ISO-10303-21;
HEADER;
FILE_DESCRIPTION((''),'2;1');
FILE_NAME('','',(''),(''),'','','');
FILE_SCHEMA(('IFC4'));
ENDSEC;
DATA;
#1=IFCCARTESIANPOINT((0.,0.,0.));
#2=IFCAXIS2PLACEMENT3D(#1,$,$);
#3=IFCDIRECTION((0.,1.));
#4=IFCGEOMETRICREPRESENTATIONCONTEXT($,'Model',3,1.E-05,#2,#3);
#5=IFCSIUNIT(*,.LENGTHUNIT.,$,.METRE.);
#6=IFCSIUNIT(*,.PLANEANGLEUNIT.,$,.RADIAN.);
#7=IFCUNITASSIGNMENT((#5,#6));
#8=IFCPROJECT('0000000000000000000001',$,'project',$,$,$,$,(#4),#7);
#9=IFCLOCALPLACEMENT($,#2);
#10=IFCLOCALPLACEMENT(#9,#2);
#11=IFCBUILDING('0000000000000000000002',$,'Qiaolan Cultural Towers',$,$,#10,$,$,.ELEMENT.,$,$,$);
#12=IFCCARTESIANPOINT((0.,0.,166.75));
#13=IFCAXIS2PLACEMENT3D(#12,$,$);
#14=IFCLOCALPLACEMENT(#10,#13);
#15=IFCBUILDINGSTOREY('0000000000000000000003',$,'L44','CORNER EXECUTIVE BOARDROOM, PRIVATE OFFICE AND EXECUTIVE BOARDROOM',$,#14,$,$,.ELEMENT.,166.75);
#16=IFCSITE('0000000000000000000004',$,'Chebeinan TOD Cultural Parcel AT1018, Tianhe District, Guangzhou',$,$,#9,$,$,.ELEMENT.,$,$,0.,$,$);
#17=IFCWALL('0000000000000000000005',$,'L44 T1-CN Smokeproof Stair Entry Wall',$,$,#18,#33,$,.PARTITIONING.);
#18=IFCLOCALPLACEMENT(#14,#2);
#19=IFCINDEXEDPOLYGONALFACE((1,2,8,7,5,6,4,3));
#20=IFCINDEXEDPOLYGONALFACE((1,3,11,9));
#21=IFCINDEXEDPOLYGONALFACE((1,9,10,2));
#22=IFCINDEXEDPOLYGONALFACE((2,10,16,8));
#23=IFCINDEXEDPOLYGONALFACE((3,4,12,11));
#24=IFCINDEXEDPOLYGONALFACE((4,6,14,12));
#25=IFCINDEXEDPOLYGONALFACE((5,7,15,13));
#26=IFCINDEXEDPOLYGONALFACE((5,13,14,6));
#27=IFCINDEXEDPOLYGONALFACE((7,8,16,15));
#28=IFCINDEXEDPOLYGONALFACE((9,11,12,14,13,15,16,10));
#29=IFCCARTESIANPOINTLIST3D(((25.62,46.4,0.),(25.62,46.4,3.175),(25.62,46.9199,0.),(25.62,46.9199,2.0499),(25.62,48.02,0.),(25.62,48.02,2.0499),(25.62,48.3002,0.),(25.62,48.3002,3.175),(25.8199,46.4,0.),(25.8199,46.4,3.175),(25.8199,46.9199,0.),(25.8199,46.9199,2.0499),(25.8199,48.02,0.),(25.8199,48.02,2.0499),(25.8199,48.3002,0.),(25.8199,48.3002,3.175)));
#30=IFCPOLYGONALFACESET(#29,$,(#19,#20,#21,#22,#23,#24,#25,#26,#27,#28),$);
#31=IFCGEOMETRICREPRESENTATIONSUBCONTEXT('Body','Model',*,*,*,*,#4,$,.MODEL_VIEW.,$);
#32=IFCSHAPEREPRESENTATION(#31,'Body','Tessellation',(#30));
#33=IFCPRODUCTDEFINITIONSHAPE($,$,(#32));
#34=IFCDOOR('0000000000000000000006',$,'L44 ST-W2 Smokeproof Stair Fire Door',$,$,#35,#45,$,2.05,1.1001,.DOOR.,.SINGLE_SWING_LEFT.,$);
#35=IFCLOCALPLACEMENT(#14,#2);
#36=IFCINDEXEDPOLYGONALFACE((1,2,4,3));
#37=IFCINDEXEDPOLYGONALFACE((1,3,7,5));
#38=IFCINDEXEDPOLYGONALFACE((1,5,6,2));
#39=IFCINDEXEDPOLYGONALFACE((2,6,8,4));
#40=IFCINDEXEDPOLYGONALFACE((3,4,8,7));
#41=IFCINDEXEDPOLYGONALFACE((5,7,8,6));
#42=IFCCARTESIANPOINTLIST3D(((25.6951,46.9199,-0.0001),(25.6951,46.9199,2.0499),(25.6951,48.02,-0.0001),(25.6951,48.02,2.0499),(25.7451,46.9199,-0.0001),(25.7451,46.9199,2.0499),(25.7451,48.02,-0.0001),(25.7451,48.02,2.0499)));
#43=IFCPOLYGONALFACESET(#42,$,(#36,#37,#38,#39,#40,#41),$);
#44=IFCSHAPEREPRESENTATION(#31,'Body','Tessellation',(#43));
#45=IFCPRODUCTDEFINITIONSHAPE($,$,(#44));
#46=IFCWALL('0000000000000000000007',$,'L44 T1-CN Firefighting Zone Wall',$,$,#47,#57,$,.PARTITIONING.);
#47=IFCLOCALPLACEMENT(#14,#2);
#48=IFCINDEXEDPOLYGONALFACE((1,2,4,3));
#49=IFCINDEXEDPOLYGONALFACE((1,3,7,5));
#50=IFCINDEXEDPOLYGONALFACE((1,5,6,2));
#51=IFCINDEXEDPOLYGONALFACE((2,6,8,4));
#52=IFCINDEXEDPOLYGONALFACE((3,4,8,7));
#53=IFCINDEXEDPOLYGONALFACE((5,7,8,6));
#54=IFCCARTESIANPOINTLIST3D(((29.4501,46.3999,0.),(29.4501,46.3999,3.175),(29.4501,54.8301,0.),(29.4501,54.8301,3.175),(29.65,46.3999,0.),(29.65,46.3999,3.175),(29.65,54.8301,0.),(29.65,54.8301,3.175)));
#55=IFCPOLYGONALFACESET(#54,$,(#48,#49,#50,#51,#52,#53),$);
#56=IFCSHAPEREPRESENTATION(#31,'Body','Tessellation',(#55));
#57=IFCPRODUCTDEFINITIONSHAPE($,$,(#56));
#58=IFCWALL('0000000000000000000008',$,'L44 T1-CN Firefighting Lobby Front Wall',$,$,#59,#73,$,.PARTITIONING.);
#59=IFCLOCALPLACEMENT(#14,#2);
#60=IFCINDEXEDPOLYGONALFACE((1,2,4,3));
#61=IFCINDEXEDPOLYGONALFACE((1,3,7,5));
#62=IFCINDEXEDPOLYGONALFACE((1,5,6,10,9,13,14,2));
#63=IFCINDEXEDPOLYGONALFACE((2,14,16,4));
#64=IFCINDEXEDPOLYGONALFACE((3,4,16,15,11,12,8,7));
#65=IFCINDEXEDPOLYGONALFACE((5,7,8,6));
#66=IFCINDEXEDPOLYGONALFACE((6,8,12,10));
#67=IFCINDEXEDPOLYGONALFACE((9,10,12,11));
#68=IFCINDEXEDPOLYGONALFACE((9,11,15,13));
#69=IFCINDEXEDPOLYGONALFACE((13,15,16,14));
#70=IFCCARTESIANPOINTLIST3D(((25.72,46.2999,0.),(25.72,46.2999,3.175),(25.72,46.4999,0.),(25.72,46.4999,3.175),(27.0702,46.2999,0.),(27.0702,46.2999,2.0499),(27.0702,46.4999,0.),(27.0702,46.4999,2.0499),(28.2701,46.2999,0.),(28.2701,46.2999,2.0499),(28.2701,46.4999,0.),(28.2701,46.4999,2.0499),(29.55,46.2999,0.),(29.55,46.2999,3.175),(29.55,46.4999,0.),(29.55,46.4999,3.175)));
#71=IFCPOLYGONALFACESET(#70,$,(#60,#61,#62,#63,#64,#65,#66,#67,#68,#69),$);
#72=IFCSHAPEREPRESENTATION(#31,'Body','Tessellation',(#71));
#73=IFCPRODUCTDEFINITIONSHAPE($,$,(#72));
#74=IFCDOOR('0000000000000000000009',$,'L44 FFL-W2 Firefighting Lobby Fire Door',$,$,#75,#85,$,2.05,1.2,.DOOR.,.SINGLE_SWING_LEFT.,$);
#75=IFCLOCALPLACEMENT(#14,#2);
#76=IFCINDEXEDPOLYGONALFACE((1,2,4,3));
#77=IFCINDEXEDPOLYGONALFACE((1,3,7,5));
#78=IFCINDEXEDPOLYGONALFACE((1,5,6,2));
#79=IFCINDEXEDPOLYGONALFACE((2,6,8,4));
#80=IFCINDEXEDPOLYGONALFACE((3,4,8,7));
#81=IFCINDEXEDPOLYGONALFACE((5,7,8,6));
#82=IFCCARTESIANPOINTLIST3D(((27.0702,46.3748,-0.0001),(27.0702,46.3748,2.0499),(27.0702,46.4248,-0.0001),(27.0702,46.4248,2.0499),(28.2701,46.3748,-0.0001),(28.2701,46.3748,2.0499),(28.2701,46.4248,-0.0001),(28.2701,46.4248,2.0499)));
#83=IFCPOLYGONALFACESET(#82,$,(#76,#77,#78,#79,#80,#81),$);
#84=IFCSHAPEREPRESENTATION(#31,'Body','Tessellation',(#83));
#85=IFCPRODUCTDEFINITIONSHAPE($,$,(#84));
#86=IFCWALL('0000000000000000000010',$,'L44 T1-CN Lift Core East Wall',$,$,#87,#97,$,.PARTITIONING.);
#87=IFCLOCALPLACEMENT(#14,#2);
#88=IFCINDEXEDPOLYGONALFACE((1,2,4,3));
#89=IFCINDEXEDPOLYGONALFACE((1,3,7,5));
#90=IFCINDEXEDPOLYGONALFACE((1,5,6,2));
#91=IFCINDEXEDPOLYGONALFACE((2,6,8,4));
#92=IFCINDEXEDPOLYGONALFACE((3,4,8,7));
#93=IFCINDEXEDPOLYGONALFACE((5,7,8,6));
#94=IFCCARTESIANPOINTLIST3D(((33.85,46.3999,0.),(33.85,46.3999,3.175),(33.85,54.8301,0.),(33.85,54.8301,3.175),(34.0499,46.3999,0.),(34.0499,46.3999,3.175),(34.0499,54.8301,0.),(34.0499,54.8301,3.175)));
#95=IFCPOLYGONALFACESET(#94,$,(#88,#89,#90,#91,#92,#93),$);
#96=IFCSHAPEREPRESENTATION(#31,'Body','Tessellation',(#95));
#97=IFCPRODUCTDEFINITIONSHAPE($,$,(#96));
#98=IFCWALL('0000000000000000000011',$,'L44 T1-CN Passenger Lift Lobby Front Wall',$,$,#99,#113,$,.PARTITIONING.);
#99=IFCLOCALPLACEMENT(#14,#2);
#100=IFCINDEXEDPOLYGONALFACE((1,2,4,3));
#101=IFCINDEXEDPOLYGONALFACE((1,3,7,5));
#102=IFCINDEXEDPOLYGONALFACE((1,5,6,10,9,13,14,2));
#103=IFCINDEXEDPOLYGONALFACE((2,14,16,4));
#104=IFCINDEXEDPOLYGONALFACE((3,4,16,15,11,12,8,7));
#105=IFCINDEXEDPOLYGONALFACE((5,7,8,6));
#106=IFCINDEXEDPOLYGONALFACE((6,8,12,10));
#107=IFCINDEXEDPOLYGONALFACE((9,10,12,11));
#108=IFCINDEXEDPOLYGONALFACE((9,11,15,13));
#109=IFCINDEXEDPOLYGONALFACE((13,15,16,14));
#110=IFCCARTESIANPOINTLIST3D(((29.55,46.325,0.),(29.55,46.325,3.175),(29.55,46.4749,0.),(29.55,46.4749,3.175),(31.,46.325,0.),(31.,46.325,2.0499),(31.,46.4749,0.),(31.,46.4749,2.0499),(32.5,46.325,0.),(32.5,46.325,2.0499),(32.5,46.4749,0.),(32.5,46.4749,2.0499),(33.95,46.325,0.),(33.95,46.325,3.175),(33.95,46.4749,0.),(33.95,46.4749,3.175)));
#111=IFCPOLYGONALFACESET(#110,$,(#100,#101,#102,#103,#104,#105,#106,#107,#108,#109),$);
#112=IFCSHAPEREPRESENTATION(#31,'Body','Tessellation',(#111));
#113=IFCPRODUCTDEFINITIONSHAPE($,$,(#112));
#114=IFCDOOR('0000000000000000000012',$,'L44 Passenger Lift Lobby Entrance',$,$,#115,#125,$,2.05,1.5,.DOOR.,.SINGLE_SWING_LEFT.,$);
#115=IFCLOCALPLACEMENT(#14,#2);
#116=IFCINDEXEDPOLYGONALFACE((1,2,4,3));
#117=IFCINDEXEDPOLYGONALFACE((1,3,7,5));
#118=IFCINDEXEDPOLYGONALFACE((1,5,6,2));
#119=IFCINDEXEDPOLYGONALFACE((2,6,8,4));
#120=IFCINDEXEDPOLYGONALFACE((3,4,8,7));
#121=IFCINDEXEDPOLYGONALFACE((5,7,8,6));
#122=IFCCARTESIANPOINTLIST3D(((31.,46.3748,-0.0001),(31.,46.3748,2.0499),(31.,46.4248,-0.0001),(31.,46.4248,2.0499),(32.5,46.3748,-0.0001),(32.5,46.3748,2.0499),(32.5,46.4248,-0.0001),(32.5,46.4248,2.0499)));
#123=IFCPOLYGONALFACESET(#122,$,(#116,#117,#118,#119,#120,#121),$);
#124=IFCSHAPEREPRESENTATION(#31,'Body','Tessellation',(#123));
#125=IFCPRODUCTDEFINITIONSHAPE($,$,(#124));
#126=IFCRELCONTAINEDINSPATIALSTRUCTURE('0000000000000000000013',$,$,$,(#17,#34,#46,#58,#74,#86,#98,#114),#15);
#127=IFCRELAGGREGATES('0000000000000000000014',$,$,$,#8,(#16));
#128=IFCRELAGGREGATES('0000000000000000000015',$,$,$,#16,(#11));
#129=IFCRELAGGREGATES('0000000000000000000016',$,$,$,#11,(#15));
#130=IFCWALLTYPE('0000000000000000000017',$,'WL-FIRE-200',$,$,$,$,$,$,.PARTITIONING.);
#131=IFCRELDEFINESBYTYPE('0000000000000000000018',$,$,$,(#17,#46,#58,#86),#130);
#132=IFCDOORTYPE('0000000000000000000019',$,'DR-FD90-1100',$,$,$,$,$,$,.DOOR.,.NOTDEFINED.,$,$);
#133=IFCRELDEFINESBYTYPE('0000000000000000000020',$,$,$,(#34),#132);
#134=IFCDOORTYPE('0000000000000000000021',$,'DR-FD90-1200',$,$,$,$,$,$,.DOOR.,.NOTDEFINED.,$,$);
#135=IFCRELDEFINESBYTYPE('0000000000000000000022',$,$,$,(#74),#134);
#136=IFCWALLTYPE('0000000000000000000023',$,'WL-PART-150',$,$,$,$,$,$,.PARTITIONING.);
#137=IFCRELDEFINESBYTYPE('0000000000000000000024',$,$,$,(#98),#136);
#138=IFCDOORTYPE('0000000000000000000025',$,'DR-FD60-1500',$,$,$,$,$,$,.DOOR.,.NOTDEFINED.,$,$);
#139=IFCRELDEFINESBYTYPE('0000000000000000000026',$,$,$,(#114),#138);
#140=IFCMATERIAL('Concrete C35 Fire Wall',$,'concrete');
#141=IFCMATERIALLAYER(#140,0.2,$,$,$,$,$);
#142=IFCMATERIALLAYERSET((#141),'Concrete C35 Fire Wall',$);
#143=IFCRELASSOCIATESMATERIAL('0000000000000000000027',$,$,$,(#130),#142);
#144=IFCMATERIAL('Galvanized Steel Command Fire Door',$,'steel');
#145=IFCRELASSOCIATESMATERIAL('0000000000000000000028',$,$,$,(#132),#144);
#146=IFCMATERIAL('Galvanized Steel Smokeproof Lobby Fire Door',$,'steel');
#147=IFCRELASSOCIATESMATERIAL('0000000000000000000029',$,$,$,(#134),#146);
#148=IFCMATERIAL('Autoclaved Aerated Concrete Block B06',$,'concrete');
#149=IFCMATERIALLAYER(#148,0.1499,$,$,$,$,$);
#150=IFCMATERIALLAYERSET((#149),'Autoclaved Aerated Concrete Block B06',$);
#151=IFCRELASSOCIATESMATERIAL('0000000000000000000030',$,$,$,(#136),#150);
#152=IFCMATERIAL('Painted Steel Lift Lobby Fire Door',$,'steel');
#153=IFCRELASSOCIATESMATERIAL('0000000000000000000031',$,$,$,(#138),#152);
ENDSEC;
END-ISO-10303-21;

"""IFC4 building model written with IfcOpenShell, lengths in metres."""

from ifc_helpers import new_model, si_unit, direction, frame, frame_2d, origin, place, context, subcontext, project, spatial, rectangle, extrude, material, layer, layer_set, type_object, element, fill, save


model = new_model("IFC4")

# Units and contexts
model_context = context("Model", 3, precision=1e-05, world=origin(), true_north=direction((0.0, 1.0)))
body_context = subcontext(model_context, "Body", "Model", "MODEL_VIEW")
ifc_project = project(units=[si_unit("LENGTHUNIT", "METRE"), si_unit("PLANEANGLEUNIT", "RADIAN")], contexts=[model_context])

# Site, building, storey
site_placement = place(None, origin())
site = spatial("IfcSite", under=ifc_project, at=site_placement, Name="Chebeinan TOD Cultural Parcel AT1018, Tianhe District, Guangzhou", CompositionType="ELEMENT", RefElevation=0.0)
building_placement = place(site_placement, origin())
building = spatial("IfcBuilding", under=site, at=building_placement, Name="Qiaolan Cultural Towers", CompositionType="ELEMENT")
storey_placement = place(building_placement, frame((0.0, 0.0, 166.75)))
storey = spatial("IfcBuildingStorey", under=building, at=storey_placement, Name="L44", Description="CORNER EXECUTIVE BOARDROOM, PRIVATE OFFICE AND EXECUTIVE BOARDROOM", CompositionType="ELEMENT", Elevation=166.75)

# Wall, opening, door
ifc_material_1 = material(Name="Concrete C35 Fire Wall", Category="concrete")
ifc_layer_1 = layer(ifc_material_1, 0.2)
ifc_layer_set_1 = layer_set([ifc_layer_1], Name="Concrete C35 Fire Wall")
wall_type_1 = type_object("IfcWallType", Name="WL-FIRE-200", PredefinedType="PARTITIONING", material=ifc_layer_set_1)
wall_1_placement = place(storey_placement, frame((25.72, 46.3999, 0.0), z_axis=(0.0, 0.0, 1.0), x_axis=(0.0, 1.0, 0.0)))
wall_1 = element("IfcWall", 1, at=wall_1_placement, inside=storey, type_object=wall_type_1, Name="L44 T1-CN Smokeproof Stair Entry Wall", PredefinedType="PARTITIONING", context=body_context, shape_type="SweptSolid", body=[
    extrude(rectangle(XDim=1.9001, YDim=0.2, at=frame_2d((0.9502, 0.0))), origin(), (0.0, 0.0, 1.0), 3.175),
])
opening_1_placement = place(wall_1_placement, frame((0.52, 0.0, 0.0)))
opening_1 = element("IfcOpeningElement", 2, at=opening_1_placement, cuts=wall_1, PredefinedType="OPENING", context=body_context, shape_type="SweptSolid", body=[
    extrude(rectangle(XDim=1.1001, YDim=2.05, at=frame_2d((0.55, 1.0249))), frame((0.0, 0.1099, 0.0), z_axis=(0.0, -1.0, 0.0), x_axis=(1.0, 0.0, 0.0)), (0.0, 0.0, 1.0), 0.22),
])
ifc_material_2 = material(Name="Galvanized Steel Command Fire Door", Category="steel")
door_type_1 = type_object("IfcDoorType", Name="DR-FD90-1100", OperationType="NOTDEFINED", PredefinedType="DOOR", material=ifc_material_2)
door_1_placement = place(opening_1_placement, origin())
door_1 = element("IfcDoor", 3, at=door_1_placement, inside=storey, type_object=door_type_1, Name="L44 ST-W2 Smokeproof Stair Fire Door", OperationType="SINGLE_SWING_LEFT", OverallHeight=2.05, OverallWidth=1.1001, PredefinedType="DOOR", context=body_context, shape_type="SweptSolid", body=[
    extrude(rectangle(XDim=1.1001, YDim=2.05, at=frame_2d((0.55, 1.0249))), frame((0.0, 0.0249, 0.0), z_axis=(0.0, -1.0, 0.0), x_axis=(1.0, 0.0, 0.0)), (0.0, 0.0, 1.0), 0.05),
])
fill(opening_1, door_1)

# Wall
wall_2_placement = place(storey_placement, frame((29.55, 46.3999, 0.0), z_axis=(0.0, 0.0, 1.0), x_axis=(0.0, 1.0, 0.0)))
element("IfcWall", 4, at=wall_2_placement, inside=storey, type_object=wall_type_1, Name="L44 T1-CN Firefighting Zone Wall", PredefinedType="PARTITIONING", context=body_context, shape_type="SweptSolid", body=[
    extrude(rectangle(XDim=8.4302, YDim=0.2, at=frame_2d((4.2151, 0.0))), origin(), (0.0, 0.0, 1.0), 3.175),
])

# Wall, opening, door
wall_3_placement = place(storey_placement, frame((25.72, 46.3999, 0.0), z_axis=(0.0, 0.0, 1.0), x_axis=(1.0, 0.0, 0.0)))
wall_3 = element("IfcWall", 5, at=wall_3_placement, inside=storey, type_object=wall_type_1, Name="L44 T1-CN Firefighting Lobby Front Wall", PredefinedType="PARTITIONING", context=body_context, shape_type="SweptSolid", body=[
    extrude(rectangle(XDim=3.8301, YDim=0.2, at=frame_2d((1.915, 0.0))), origin(), (0.0, 0.0, 1.0), 3.175),
])
opening_2_placement = place(wall_3_placement, frame((1.3501, 0.0, 0.0)))
opening_2 = element("IfcOpeningElement", 6, at=opening_2_placement, cuts=wall_3, PredefinedType="OPENING", context=body_context, shape_type="SweptSolid", body=[
    extrude(rectangle(XDim=1.2, YDim=2.05, at=frame_2d((0.6001, 1.0249))), frame((0.0, 0.1099, 0.0), z_axis=(0.0, -1.0, 0.0), x_axis=(1.0, 0.0, 0.0)), (0.0, 0.0, 1.0), 0.22),
])
ifc_material_3 = material(Name="Galvanized Steel Smokeproof Lobby Fire Door", Category="steel")
door_type_2 = type_object("IfcDoorType", Name="DR-FD90-1200", OperationType="NOTDEFINED", PredefinedType="DOOR", material=ifc_material_3)
door_2_placement = place(opening_2_placement, origin())
door_2 = element("IfcDoor", 7, at=door_2_placement, inside=storey, type_object=door_type_2, Name="L44 FFL-W2 Firefighting Lobby Fire Door", OperationType="SINGLE_SWING_LEFT", OverallHeight=2.05, OverallWidth=1.2, PredefinedType="DOOR", context=body_context, shape_type="SweptSolid", body=[
    extrude(rectangle(XDim=1.2, YDim=2.05, at=frame_2d((0.6001, 1.0249))), frame((0.0, 0.0249, 0.0), z_axis=(0.0, -1.0, 0.0), x_axis=(1.0, 0.0, 0.0)), (0.0, 0.0, 1.0), 0.05),
])
fill(opening_2, door_2)

# Wall
wall_4_placement = place(storey_placement, frame((33.95, 46.3999, 0.0), z_axis=(0.0, 0.0, 1.0), x_axis=(0.0, 1.0, 0.0)))
element("IfcWall", 8, at=wall_4_placement, inside=storey, type_object=wall_type_1, Name="L44 T1-CN Lift Core East Wall", PredefinedType="PARTITIONING", context=body_context, shape_type="SweptSolid", body=[
    extrude(rectangle(XDim=8.4302, YDim=0.2, at=frame_2d((4.2151, 0.0))), origin(), (0.0, 0.0, 1.0), 3.175),
])

# Wall, opening, door
ifc_material_4 = material(Name="Autoclaved Aerated Concrete Block B06", Category="concrete")
ifc_layer_2 = layer(ifc_material_4, 0.1499)
ifc_layer_set_2 = layer_set([ifc_layer_2], Name="Autoclaved Aerated Concrete Block B06")
wall_type_2 = type_object("IfcWallType", Name="WL-PART-150", PredefinedType="PARTITIONING", material=ifc_layer_set_2)
wall_5_placement = place(storey_placement, frame((29.55, 46.3999, 0.0), z_axis=(0.0, 0.0, 1.0), x_axis=(1.0, 0.0, 0.0)))
wall_5 = element("IfcWall", 9, at=wall_5_placement, inside=storey, type_object=wall_type_2, Name="L44 T1-CN Passenger Lift Lobby Front Wall", PredefinedType="PARTITIONING", context=body_context, shape_type="SweptSolid", body=[
    extrude(rectangle(XDim=4.3999, YDim=0.1499, at=frame_2d((2.2, 0.0))), origin(), (0.0, 0.0, 1.0), 3.175),
])
opening_3_placement = place(wall_5_placement, frame((1.45, 0.0, 0.0)))
opening_3 = element("IfcOpeningElement", 10, at=opening_3_placement, cuts=wall_5, PredefinedType="OPENING", context=body_context, shape_type="SweptSolid", body=[
    extrude(rectangle(XDim=1.5, YDim=2.05, at=frame_2d((0.75, 1.0249))), frame((0.0, 0.085, 0.0), z_axis=(0.0, -1.0, 0.0), x_axis=(1.0, 0.0, 0.0)), (0.0, 0.0, 1.0), 0.1699),
])
ifc_material_5 = material(Name="Painted Steel Lift Lobby Fire Door", Category="steel")
door_type_3 = type_object("IfcDoorType", Name="DR-FD60-1500", OperationType="NOTDEFINED", PredefinedType="DOOR", material=ifc_material_5)
door_3_placement = place(opening_3_placement, origin())
door_3 = element("IfcDoor", 11, at=door_3_placement, inside=storey, type_object=door_type_3, Name="L44 Passenger Lift Lobby Entrance", OperationType="SINGLE_SWING_LEFT", OverallHeight=2.05, OverallWidth=1.5, PredefinedType="DOOR", context=body_context, shape_type="SweptSolid", body=[
    extrude(rectangle(XDim=1.5, YDim=2.05, at=frame_2d((0.75, 1.0249))), frame((0.0, 0.0249, 0.0), z_axis=(0.0, -1.0, 0.0), x_axis=(1.0, 0.0, 0.0)), (0.0, 0.0, 1.0), 0.05),
])
fill(opening_3, door_3)

save(model, "model.ifc")
